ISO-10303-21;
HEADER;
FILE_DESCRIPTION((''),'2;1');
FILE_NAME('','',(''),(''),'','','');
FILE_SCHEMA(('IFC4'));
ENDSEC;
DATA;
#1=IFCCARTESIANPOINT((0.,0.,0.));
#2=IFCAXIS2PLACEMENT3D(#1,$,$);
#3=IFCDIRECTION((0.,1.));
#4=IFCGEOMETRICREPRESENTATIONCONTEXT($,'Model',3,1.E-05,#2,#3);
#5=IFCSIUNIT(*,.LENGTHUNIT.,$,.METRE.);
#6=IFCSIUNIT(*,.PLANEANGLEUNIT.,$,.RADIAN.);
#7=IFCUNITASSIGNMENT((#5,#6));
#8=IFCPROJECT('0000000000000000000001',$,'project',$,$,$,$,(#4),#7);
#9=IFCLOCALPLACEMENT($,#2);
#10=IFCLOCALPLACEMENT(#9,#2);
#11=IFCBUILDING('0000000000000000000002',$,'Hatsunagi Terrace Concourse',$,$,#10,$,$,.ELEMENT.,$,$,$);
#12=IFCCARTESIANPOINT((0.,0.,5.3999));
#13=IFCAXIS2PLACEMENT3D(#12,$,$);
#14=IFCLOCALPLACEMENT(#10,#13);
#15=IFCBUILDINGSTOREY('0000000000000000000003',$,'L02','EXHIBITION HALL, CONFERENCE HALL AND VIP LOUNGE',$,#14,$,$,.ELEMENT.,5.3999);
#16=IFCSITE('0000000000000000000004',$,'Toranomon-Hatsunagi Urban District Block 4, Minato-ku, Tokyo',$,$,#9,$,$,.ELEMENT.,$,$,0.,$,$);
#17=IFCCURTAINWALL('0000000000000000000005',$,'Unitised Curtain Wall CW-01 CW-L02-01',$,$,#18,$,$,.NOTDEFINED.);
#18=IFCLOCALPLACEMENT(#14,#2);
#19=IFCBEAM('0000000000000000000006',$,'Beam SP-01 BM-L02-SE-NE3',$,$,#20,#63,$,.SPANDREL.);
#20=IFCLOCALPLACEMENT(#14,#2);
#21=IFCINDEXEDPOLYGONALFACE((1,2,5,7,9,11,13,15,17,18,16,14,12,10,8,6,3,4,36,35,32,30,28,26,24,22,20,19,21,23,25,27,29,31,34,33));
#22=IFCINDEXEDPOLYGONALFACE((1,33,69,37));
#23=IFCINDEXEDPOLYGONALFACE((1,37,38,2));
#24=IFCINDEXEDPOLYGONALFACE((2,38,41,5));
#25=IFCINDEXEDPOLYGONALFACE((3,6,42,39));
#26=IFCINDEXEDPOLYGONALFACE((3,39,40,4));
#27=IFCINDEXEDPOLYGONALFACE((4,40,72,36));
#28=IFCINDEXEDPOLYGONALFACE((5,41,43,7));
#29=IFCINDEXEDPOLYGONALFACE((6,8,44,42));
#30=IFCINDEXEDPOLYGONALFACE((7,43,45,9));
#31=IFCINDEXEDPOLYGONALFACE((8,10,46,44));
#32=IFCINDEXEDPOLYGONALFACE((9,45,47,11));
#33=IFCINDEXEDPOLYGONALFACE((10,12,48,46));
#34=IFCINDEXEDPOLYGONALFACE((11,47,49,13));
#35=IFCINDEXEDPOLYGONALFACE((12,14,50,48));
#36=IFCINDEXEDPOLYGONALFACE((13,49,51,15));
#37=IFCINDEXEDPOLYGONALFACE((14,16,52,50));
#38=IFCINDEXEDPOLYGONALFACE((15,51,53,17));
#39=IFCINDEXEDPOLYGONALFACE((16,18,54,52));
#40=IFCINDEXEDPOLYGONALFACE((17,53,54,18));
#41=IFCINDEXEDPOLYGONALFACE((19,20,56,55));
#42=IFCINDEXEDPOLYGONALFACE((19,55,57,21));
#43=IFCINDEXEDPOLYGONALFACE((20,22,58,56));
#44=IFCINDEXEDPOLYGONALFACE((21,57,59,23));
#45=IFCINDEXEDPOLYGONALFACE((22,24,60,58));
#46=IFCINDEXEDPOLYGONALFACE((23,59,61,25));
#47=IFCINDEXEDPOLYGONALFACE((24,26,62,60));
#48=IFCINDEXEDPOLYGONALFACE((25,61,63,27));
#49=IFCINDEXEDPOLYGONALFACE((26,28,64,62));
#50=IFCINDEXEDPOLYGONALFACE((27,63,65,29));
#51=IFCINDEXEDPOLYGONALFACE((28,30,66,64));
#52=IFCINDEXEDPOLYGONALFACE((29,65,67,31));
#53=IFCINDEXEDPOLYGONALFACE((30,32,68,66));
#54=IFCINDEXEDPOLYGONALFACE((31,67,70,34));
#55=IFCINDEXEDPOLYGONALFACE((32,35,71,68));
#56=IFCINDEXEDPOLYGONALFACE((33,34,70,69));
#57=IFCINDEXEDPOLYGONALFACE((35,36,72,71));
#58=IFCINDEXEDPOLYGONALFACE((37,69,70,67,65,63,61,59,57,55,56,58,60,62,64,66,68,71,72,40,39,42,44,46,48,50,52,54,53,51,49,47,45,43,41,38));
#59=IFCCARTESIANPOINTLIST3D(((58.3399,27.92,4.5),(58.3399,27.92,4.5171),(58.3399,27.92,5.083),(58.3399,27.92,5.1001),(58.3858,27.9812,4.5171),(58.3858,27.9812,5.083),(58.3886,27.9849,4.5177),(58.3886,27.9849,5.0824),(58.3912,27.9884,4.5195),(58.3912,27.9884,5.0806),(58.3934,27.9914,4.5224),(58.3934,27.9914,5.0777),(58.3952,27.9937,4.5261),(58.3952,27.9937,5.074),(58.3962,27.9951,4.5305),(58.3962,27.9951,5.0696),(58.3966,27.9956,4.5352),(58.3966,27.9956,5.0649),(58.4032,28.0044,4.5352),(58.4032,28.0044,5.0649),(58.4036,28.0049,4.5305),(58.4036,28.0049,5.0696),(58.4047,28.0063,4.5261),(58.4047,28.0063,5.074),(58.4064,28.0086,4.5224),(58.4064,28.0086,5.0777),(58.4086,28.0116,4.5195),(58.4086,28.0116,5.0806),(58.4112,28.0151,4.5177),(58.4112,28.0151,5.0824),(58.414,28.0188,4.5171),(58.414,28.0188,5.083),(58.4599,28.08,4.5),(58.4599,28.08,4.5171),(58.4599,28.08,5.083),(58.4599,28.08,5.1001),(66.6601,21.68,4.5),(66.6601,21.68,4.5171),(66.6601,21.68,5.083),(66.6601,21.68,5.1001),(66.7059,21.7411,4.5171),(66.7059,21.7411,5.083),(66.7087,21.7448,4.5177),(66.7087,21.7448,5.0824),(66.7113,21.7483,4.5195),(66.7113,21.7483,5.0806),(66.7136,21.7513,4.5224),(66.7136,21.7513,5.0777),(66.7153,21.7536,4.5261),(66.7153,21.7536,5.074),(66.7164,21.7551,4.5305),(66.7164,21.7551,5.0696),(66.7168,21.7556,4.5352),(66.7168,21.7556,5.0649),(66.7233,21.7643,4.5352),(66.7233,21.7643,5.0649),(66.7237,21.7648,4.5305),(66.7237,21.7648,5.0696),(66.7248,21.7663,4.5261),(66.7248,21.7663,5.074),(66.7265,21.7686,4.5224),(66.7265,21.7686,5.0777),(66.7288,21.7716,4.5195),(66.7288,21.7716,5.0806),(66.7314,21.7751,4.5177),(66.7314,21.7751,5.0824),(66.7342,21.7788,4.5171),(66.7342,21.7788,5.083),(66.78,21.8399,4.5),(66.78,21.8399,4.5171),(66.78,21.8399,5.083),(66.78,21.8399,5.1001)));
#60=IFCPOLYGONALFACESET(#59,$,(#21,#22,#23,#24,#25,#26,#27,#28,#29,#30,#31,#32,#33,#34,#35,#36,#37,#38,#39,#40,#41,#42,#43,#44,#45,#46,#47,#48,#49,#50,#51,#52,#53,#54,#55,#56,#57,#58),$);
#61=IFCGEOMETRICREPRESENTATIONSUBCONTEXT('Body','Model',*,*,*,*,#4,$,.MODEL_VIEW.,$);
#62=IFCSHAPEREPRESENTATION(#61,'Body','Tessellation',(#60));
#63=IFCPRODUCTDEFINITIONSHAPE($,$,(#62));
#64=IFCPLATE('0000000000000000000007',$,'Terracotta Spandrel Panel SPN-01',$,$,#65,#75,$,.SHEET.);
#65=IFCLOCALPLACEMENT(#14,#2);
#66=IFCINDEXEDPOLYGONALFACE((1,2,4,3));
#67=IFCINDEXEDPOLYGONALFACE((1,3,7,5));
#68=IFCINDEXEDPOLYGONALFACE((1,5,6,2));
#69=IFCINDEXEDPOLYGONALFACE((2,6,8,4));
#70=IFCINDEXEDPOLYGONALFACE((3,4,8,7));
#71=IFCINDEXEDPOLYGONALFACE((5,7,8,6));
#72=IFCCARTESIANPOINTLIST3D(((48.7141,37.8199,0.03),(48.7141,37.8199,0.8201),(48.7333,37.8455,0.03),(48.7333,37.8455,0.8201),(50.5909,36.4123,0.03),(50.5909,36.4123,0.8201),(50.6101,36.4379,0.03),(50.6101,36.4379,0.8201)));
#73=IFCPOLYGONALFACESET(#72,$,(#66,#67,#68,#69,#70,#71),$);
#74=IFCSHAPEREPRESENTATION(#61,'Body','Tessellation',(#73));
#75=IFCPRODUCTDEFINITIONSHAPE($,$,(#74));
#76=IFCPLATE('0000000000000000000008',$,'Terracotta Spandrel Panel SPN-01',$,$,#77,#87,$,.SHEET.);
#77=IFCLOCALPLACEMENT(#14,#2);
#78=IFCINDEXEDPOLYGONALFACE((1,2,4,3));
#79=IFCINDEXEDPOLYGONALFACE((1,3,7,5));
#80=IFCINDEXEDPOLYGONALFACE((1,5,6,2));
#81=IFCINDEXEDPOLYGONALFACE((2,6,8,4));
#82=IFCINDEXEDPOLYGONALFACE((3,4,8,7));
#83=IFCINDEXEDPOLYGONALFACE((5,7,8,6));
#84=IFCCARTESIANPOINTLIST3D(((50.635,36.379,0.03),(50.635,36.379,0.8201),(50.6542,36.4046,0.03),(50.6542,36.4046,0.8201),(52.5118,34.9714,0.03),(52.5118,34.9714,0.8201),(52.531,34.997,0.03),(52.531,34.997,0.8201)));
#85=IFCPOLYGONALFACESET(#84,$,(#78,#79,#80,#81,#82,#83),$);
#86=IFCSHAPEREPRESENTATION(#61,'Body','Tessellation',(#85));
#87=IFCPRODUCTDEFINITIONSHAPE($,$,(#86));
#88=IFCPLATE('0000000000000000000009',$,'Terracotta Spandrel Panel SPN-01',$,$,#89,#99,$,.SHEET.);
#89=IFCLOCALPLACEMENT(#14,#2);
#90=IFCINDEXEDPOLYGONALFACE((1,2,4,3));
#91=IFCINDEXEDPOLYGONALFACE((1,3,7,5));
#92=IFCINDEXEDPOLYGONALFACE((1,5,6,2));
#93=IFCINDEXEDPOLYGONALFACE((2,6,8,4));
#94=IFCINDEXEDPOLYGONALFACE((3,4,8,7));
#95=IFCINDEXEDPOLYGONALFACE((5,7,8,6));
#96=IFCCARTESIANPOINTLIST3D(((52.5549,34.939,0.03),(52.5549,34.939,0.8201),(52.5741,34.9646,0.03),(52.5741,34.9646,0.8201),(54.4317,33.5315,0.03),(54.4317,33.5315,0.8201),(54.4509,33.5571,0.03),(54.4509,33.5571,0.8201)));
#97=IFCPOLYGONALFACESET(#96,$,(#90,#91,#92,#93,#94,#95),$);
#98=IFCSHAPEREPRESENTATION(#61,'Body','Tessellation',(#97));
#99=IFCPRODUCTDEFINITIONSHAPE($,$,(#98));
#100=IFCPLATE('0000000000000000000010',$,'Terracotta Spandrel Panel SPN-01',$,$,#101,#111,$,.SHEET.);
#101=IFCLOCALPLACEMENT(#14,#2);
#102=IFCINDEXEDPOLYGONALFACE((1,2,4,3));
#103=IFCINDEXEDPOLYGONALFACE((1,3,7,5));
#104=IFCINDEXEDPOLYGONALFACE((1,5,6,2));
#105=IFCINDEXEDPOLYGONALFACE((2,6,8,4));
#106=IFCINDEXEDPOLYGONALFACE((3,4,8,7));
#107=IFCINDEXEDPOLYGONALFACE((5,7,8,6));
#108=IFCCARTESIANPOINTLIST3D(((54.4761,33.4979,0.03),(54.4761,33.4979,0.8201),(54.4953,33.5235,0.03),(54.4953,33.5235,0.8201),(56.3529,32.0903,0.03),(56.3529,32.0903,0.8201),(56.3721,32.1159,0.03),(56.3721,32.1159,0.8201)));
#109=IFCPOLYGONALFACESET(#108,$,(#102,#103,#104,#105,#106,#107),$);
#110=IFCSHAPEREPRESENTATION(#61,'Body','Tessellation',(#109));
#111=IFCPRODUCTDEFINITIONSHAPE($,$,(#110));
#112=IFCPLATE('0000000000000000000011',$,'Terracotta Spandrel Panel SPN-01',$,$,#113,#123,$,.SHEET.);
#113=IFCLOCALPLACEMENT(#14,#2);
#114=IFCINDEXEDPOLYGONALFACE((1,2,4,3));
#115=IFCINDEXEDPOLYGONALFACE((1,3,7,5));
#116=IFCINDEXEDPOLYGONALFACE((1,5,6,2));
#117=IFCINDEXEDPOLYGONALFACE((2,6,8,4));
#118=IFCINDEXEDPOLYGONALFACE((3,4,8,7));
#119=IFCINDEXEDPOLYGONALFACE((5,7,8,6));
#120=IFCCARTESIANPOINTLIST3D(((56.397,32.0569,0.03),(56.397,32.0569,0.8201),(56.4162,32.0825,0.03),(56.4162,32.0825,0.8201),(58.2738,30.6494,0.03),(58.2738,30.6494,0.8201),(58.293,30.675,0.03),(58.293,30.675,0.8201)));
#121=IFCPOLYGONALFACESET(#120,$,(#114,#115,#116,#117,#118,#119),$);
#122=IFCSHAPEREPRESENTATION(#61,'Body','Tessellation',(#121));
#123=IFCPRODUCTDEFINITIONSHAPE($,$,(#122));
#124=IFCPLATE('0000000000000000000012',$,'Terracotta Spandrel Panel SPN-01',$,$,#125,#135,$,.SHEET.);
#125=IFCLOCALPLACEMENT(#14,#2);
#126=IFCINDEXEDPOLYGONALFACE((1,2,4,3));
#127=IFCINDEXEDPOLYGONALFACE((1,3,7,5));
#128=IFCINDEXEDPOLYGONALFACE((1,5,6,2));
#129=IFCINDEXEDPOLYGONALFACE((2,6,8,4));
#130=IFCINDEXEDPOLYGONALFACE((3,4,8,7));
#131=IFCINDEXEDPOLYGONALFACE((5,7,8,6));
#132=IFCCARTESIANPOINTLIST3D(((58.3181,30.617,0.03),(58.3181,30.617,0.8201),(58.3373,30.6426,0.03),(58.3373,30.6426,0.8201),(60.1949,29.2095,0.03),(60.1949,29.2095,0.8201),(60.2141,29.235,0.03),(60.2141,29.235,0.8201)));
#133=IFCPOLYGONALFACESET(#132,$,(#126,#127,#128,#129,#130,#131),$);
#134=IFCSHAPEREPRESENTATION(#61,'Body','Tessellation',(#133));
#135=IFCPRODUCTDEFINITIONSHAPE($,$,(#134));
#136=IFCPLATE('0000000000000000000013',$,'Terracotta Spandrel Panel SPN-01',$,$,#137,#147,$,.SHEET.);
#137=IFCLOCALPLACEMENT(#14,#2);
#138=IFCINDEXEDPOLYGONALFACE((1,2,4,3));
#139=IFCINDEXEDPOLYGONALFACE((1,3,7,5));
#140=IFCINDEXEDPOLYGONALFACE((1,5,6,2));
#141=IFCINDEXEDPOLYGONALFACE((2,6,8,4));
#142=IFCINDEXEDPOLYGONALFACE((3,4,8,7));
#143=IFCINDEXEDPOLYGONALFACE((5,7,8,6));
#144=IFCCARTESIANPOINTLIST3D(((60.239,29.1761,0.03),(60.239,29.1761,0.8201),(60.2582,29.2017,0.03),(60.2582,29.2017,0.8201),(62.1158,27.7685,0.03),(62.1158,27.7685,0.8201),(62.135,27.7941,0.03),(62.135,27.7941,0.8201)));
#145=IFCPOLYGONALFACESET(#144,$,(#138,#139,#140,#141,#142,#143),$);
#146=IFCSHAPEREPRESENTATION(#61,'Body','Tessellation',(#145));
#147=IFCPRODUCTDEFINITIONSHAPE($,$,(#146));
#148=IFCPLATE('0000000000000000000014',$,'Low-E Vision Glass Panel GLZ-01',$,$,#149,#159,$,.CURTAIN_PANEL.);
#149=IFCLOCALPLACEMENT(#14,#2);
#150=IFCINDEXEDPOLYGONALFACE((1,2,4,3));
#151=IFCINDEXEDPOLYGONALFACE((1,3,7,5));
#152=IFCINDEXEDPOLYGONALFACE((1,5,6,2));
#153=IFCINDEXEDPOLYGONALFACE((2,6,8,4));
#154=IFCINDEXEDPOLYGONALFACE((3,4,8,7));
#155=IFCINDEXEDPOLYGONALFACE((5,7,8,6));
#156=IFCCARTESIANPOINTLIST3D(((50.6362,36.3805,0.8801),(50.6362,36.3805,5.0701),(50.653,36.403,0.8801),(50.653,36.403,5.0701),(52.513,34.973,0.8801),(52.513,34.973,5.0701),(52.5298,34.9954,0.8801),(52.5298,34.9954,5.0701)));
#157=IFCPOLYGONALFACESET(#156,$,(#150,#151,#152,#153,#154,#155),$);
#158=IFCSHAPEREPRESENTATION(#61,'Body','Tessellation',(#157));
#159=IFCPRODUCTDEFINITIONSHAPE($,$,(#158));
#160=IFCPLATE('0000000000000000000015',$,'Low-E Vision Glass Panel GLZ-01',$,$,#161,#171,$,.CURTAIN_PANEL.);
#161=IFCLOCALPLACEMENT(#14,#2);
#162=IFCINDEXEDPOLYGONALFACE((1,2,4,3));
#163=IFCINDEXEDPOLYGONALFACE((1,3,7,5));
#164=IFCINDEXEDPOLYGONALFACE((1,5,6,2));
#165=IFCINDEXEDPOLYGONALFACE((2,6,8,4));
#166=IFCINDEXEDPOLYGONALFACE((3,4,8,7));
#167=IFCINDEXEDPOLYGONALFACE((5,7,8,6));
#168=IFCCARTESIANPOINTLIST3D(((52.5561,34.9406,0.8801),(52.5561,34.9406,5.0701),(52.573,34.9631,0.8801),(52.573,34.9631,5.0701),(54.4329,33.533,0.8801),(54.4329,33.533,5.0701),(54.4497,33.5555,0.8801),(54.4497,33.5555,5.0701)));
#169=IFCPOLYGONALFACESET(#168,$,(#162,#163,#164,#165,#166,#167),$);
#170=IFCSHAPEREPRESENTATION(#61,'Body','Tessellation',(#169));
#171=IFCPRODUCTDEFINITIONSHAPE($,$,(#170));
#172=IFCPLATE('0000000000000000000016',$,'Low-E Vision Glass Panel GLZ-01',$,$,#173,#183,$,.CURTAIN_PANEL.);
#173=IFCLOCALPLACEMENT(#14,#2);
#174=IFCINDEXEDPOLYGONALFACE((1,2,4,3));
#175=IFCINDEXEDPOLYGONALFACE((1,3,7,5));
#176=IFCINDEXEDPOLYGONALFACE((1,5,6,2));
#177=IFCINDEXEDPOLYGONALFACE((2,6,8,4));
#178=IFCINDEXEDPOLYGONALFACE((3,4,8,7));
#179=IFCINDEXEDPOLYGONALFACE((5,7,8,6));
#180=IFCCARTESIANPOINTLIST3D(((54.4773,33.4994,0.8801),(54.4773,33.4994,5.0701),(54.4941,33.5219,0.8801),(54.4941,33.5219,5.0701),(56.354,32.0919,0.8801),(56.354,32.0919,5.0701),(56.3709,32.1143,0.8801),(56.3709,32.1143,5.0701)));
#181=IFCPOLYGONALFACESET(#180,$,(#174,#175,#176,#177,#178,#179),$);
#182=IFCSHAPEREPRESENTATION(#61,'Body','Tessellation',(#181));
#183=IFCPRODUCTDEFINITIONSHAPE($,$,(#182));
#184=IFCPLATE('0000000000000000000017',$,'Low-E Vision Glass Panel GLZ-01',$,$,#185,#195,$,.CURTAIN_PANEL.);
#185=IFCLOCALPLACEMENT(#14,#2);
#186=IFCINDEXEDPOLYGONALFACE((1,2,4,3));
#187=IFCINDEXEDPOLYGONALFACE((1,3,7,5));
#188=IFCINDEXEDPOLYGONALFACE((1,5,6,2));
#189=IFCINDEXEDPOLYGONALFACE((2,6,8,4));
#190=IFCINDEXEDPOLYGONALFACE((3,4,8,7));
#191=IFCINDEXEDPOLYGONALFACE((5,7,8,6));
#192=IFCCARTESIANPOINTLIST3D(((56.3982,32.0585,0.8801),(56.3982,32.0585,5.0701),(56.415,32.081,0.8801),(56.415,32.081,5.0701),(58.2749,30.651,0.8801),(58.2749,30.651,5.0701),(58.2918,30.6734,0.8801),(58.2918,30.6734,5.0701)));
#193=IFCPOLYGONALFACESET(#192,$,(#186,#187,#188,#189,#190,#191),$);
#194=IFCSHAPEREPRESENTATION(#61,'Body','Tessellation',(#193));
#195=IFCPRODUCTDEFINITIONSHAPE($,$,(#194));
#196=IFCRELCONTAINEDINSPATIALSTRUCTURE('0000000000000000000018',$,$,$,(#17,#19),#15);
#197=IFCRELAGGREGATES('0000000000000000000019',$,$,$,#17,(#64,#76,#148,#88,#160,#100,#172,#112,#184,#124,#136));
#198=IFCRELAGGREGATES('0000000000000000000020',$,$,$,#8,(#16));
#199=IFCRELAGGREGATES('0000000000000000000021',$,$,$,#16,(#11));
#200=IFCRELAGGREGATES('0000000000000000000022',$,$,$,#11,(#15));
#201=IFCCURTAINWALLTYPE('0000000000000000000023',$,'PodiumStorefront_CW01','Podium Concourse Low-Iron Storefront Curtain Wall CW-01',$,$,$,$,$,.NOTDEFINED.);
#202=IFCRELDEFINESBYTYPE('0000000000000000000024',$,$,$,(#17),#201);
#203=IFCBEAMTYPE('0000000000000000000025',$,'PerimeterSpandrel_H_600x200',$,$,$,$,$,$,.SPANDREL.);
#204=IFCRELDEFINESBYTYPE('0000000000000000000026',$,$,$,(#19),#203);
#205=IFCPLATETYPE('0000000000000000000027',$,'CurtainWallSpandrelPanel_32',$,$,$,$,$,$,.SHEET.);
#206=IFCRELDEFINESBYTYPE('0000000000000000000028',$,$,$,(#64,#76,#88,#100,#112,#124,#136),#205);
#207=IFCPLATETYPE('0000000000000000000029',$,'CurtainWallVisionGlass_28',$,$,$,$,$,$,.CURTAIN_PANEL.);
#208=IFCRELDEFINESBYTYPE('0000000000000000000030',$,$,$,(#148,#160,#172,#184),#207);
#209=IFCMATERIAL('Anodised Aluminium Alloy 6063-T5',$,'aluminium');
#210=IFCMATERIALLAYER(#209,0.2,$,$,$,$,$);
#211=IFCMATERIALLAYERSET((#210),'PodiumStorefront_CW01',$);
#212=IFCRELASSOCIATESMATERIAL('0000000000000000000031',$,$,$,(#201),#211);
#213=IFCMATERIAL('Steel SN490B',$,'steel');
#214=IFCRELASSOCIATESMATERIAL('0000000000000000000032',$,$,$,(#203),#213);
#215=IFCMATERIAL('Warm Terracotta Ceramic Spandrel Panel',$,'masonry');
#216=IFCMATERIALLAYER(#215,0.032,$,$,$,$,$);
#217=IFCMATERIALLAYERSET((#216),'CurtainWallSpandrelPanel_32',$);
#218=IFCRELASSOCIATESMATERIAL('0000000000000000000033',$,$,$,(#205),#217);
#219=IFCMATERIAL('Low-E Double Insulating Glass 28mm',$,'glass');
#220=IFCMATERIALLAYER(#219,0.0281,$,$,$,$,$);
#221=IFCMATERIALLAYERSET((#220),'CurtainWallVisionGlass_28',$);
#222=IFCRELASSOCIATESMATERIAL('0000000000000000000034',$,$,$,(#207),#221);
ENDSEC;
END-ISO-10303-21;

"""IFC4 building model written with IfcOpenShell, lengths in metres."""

from ifc_helpers import new_model, si_unit, direction, frame, origin, origin_2d, place, context, subcontext, project, spatial, rectangle, i_section, extrude, material, layer, layer_set, material_profile, profile_set, type_object, element, aggregate, save


model = new_model("IFC4")

# Units and contexts
model_context = context("Model", 3, precision=1e-05, world=origin(), true_north=direction((0.0, 1.0)))
body_context = subcontext(model_context, "Body", "Model", "MODEL_VIEW")
ifc_project = project(units=[si_unit("LENGTHUNIT", "METRE"), si_unit("PLANEANGLEUNIT", "RADIAN")], contexts=[model_context])

# Site, building, storey
site_placement = place(None, origin())
site = spatial("IfcSite", under=ifc_project, at=site_placement, Name="Toranomon-Hatsunagi Urban District Block 4, Minato-ku, Tokyo", CompositionType="ELEMENT", RefElevation=0.0)
building_placement = place(site_placement, origin())
building = spatial("IfcBuilding", under=site, at=building_placement, Name="Hatsunagi Terrace Concourse", CompositionType="ELEMENT")
storey_placement = place(building_placement, frame((0.0, 0.0, 5.3999)))
storey = spatial("IfcBuildingStorey", under=building, at=storey_placement, Name="L02", Description="EXHIBITION HALL, CONFERENCE HALL AND VIP LOUNGE", CompositionType="ELEMENT", Elevation=5.3999)

# Curtain wall
ifc_material_1 = material(Name="Anodised Aluminium Alloy 6063-T5", Category="aluminium")
ifc_layer_1 = layer(ifc_material_1, 0.2)
ifc_layer_set_1 = layer_set([ifc_layer_1], Name="PodiumStorefront_CW01")
curtain_wall_type = type_object("IfcCurtainWallType", Name="PodiumStorefront_CW01", Description="Podium Concourse Low-Iron Storefront Curtain Wall CW-01", PredefinedType="NOTDEFINED", material=ifc_layer_set_1)
curtain_wall_placement = place(storey_placement, origin())
curtain_wall = element("IfcCurtainWall", 1, at=curtain_wall_placement, inside=storey, type_object=curtain_wall_type, Name="Unitised Curtain Wall CW-01 CW-L02-01", PredefinedType="NOTDEFINED")

# Beam
ifc_material_2 = material(Name="Steel SN490B", Category="steel")
ifc_material_profile_1 = material_profile(ifc_material_2, i_section(OverallWidth=0.2, OverallDepth=0.6001, WebThickness=0.011, FlangeThickness=0.0171, FilletRadius=0.0181, at=origin_2d()), Name="H-600x200x11x17")
ifc_profile_set_1 = profile_set([ifc_material_profile_1], Name="Steel SN490B")
beam_type = type_object("IfcBeamType", Name="PerimeterSpandrel_H_600x200", PredefinedType="SPANDREL", material=ifc_profile_set_1)
beam_1_placement = place(storey_placement, frame((58.3999, 28.0, 4.8), z_axis=(0.800003, -0.599996, 0.0), x_axis=(0.599996, 0.800003, 0.0)))
element("IfcBeam", 2, at=beam_1_placement, inside=storey, type_object=beam_type, Name="Beam SP-01 BM-L02-SE-NE3", PredefinedType="SPANDREL", context=body_context, shape_type="SweptSolid", body=[
    extrude(i_section(OverallWidth=0.2, OverallDepth=0.6001, WebThickness=0.011, FlangeThickness=0.0171, FilletRadius=0.0181, at=origin_2d()), origin(), (0.0, 0.0, 1.0), 10.4001),
])

# Plates
ifc_material_3 = material(Name="Warm Terracotta Ceramic Spandrel Panel", Category="masonry")
ifc_layer_2 = layer(ifc_material_3, 0.032)
ifc_layer_set_2 = layer_set([ifc_layer_2], Name="CurtainWallSpandrelPanel_32")
plate_type_1 = type_object("IfcPlateType", Name="CurtainWallSpandrelPanel_32", PredefinedType="SHEET", material=ifc_layer_set_2)
plate_1_placement = place(storey_placement, frame((49.6621, 37.1289, 0.03), z_axis=(0.0, 0.0, 1.0), x_axis=(0.800007, -0.59999, 0.0)))
plate_1 = element("IfcPlate", 3, at=plate_1_placement, type_object=plate_type_1, Name="Terracotta Spandrel Panel SPN-01", PredefinedType="SHEET", context=body_context, shape_type="SweptSolid", body=[
    extrude(rectangle(XDim=2.3459, YDim=0.032, at=origin_2d()), origin(), (0.0, 0.0, 1.0), 0.79),
])
plate_2_placement = place(storey_placement, frame((51.583, 35.688, 0.03), z_axis=(0.0, 0.0, 1.0), x_axis=(0.800007, -0.59999, 0.0)))
plate_2 = element("IfcPlate", 4, at=plate_2_placement, type_object=plate_type_1, Name="Terracotta Spandrel Panel SPN-01", PredefinedType="SHEET", context=body_context, shape_type="SweptSolid", body=[
    extrude(rectangle(XDim=2.3459, YDim=0.032, at=origin_2d()), origin(), (0.0, 0.0, 1.0), 0.79),
])
plate_3_placement = place(storey_placement, frame((53.5029, 34.248, 0.03), z_axis=(0.0, 0.0, 1.0), x_axis=(0.800007, -0.59999, 0.0)))
plate_3 = element("IfcPlate", 5, at=plate_3_placement, type_object=plate_type_1, Name="Terracotta Spandrel Panel SPN-01", PredefinedType="SHEET", context=body_context, shape_type="SweptSolid", body=[
    extrude(rectangle(XDim=2.3459, YDim=0.032, at=origin_2d()), origin(), (0.0, 0.0, 1.0), 0.79),
])
plate_4_placement = place(storey_placement, frame((55.4241, 32.8069, 0.03), z_axis=(0.0, 0.0, 1.0), x_axis=(0.800007, -0.59999, 0.0)))
plate_4 = element("IfcPlate", 6, at=plate_4_placement, type_object=plate_type_1, Name="Terracotta Spandrel Panel SPN-01", PredefinedType="SHEET", context=body_context, shape_type="SweptSolid", body=[
    extrude(rectangle(XDim=2.3459, YDim=0.032, at=origin_2d()), origin(), (0.0, 0.0, 1.0), 0.79),
])
plate_5_placement = place(storey_placement, frame((57.345, 31.366, 0.03), z_axis=(0.0, 0.0, 1.0), x_axis=(0.800007, -0.59999, 0.0)))
plate_5 = element("IfcPlate", 7, at=plate_5_placement, type_object=plate_type_1, Name="Terracotta Spandrel Panel SPN-01", PredefinedType="SHEET", context=body_context, shape_type="SweptSolid", body=[
    extrude(rectangle(XDim=2.3459, YDim=0.032, at=origin_2d()), origin(), (0.0, 0.0, 1.0), 0.79),
])
plate_6_placement = place(storey_placement, frame((59.2661, 29.926, 0.03), z_axis=(0.0, 0.0, 1.0), x_axis=(0.800007, -0.59999, 0.0)))
plate_6 = element("IfcPlate", 8, at=plate_6_placement, type_object=plate_type_1, Name="Terracotta Spandrel Panel SPN-01", PredefinedType="SHEET", context=body_context, shape_type="SweptSolid", body=[
    extrude(rectangle(XDim=2.3459, YDim=0.032, at=origin_2d()), origin(), (0.0, 0.0, 1.0), 0.79),
])
plate_7_placement = place(storey_placement, frame((61.187, 28.4851, 0.03), z_axis=(0.0, 0.0, 1.0), x_axis=(0.800007, -0.59999, 0.0)))
plate_7 = element("IfcPlate", 9, at=plate_7_placement, type_object=plate_type_1, Name="Terracotta Spandrel Panel SPN-01", PredefinedType="SHEET", context=body_context, shape_type="SweptSolid", body=[
    extrude(rectangle(XDim=2.3459, YDim=0.032, at=origin_2d()), origin(), (0.0, 0.0, 1.0), 0.79),
])
ifc_material_4 = material(Name="Low-E Double Insulating Glass 28mm", Category="glass")
ifc_layer_3 = layer(ifc_material_4, 0.0281)
ifc_layer_set_3 = layer_set([ifc_layer_3], Name="CurtainWallVisionGlass_28")
plate_type_2 = type_object("IfcPlateType", Name="CurtainWallVisionGlass_28", PredefinedType="CURTAIN_PANEL", material=ifc_layer_set_3)
plate_8_placement = place(storey_placement, frame((51.583, 35.688, 0.8801), z_axis=(0.0, 0.0, 1.0), x_axis=(0.800007, -0.59999, 0.0)))
plate_8 = element("IfcPlate", 10, at=plate_8_placement, type_object=plate_type_2, Name="Low-E Vision Glass Panel GLZ-01", PredefinedType="CURTAIN_PANEL", context=body_context, shape_type="SweptSolid", body=[
    extrude(rectangle(XDim=2.3459, YDim=0.0281, at=origin_2d()), origin(), (0.0, 0.0, 1.0), 4.1899),
])
plate_9_placement = place(storey_placement, frame((53.5029, 34.248, 0.8801), z_axis=(0.0, 0.0, 1.0), x_axis=(0.800007, -0.59999, 0.0)))
plate_9 = element("IfcPlate", 11, at=plate_9_placement, type_object=plate_type_2, Name="Low-E Vision Glass Panel GLZ-01", PredefinedType="CURTAIN_PANEL", context=body_context, shape_type="SweptSolid", body=[
    extrude(rectangle(XDim=2.3459, YDim=0.0281, at=origin_2d()), origin(), (0.0, 0.0, 1.0), 4.1899),
])
plate_10_placement = place(storey_placement, frame((55.4241, 32.8069, 0.8801), z_axis=(0.0, 0.0, 1.0), x_axis=(0.800007, -0.59999, 0.0)))
plate_10 = element("IfcPlate", 12, at=plate_10_placement, type_object=plate_type_2, Name="Low-E Vision Glass Panel GLZ-01", PredefinedType="CURTAIN_PANEL", context=body_context, shape_type="SweptSolid", body=[
    extrude(rectangle(XDim=2.3459, YDim=0.0281, at=origin_2d()), origin(), (0.0, 0.0, 1.0), 4.1899),
])
plate_11_placement = place(storey_placement, frame((57.345, 31.366, 0.8801), z_axis=(0.0, 0.0, 1.0), x_axis=(0.800007, -0.59999, 0.0)))
plate_11 = element("IfcPlate", 13, at=plate_11_placement, type_object=plate_type_2, Name="Low-E Vision Glass Panel GLZ-01", PredefinedType="CURTAIN_PANEL", context=body_context, shape_type="SweptSolid", body=[
    extrude(rectangle(XDim=2.3459, YDim=0.0281, at=origin_2d()), origin(), (0.0, 0.0, 1.0), 4.1899),
])
aggregate(curtain_wall, [plate_1, plate_2, plate_8, plate_3, plate_9, plate_4, plate_10, plate_5, plate_11, plate_6, plate_7])

save(model, "model.ifc")
